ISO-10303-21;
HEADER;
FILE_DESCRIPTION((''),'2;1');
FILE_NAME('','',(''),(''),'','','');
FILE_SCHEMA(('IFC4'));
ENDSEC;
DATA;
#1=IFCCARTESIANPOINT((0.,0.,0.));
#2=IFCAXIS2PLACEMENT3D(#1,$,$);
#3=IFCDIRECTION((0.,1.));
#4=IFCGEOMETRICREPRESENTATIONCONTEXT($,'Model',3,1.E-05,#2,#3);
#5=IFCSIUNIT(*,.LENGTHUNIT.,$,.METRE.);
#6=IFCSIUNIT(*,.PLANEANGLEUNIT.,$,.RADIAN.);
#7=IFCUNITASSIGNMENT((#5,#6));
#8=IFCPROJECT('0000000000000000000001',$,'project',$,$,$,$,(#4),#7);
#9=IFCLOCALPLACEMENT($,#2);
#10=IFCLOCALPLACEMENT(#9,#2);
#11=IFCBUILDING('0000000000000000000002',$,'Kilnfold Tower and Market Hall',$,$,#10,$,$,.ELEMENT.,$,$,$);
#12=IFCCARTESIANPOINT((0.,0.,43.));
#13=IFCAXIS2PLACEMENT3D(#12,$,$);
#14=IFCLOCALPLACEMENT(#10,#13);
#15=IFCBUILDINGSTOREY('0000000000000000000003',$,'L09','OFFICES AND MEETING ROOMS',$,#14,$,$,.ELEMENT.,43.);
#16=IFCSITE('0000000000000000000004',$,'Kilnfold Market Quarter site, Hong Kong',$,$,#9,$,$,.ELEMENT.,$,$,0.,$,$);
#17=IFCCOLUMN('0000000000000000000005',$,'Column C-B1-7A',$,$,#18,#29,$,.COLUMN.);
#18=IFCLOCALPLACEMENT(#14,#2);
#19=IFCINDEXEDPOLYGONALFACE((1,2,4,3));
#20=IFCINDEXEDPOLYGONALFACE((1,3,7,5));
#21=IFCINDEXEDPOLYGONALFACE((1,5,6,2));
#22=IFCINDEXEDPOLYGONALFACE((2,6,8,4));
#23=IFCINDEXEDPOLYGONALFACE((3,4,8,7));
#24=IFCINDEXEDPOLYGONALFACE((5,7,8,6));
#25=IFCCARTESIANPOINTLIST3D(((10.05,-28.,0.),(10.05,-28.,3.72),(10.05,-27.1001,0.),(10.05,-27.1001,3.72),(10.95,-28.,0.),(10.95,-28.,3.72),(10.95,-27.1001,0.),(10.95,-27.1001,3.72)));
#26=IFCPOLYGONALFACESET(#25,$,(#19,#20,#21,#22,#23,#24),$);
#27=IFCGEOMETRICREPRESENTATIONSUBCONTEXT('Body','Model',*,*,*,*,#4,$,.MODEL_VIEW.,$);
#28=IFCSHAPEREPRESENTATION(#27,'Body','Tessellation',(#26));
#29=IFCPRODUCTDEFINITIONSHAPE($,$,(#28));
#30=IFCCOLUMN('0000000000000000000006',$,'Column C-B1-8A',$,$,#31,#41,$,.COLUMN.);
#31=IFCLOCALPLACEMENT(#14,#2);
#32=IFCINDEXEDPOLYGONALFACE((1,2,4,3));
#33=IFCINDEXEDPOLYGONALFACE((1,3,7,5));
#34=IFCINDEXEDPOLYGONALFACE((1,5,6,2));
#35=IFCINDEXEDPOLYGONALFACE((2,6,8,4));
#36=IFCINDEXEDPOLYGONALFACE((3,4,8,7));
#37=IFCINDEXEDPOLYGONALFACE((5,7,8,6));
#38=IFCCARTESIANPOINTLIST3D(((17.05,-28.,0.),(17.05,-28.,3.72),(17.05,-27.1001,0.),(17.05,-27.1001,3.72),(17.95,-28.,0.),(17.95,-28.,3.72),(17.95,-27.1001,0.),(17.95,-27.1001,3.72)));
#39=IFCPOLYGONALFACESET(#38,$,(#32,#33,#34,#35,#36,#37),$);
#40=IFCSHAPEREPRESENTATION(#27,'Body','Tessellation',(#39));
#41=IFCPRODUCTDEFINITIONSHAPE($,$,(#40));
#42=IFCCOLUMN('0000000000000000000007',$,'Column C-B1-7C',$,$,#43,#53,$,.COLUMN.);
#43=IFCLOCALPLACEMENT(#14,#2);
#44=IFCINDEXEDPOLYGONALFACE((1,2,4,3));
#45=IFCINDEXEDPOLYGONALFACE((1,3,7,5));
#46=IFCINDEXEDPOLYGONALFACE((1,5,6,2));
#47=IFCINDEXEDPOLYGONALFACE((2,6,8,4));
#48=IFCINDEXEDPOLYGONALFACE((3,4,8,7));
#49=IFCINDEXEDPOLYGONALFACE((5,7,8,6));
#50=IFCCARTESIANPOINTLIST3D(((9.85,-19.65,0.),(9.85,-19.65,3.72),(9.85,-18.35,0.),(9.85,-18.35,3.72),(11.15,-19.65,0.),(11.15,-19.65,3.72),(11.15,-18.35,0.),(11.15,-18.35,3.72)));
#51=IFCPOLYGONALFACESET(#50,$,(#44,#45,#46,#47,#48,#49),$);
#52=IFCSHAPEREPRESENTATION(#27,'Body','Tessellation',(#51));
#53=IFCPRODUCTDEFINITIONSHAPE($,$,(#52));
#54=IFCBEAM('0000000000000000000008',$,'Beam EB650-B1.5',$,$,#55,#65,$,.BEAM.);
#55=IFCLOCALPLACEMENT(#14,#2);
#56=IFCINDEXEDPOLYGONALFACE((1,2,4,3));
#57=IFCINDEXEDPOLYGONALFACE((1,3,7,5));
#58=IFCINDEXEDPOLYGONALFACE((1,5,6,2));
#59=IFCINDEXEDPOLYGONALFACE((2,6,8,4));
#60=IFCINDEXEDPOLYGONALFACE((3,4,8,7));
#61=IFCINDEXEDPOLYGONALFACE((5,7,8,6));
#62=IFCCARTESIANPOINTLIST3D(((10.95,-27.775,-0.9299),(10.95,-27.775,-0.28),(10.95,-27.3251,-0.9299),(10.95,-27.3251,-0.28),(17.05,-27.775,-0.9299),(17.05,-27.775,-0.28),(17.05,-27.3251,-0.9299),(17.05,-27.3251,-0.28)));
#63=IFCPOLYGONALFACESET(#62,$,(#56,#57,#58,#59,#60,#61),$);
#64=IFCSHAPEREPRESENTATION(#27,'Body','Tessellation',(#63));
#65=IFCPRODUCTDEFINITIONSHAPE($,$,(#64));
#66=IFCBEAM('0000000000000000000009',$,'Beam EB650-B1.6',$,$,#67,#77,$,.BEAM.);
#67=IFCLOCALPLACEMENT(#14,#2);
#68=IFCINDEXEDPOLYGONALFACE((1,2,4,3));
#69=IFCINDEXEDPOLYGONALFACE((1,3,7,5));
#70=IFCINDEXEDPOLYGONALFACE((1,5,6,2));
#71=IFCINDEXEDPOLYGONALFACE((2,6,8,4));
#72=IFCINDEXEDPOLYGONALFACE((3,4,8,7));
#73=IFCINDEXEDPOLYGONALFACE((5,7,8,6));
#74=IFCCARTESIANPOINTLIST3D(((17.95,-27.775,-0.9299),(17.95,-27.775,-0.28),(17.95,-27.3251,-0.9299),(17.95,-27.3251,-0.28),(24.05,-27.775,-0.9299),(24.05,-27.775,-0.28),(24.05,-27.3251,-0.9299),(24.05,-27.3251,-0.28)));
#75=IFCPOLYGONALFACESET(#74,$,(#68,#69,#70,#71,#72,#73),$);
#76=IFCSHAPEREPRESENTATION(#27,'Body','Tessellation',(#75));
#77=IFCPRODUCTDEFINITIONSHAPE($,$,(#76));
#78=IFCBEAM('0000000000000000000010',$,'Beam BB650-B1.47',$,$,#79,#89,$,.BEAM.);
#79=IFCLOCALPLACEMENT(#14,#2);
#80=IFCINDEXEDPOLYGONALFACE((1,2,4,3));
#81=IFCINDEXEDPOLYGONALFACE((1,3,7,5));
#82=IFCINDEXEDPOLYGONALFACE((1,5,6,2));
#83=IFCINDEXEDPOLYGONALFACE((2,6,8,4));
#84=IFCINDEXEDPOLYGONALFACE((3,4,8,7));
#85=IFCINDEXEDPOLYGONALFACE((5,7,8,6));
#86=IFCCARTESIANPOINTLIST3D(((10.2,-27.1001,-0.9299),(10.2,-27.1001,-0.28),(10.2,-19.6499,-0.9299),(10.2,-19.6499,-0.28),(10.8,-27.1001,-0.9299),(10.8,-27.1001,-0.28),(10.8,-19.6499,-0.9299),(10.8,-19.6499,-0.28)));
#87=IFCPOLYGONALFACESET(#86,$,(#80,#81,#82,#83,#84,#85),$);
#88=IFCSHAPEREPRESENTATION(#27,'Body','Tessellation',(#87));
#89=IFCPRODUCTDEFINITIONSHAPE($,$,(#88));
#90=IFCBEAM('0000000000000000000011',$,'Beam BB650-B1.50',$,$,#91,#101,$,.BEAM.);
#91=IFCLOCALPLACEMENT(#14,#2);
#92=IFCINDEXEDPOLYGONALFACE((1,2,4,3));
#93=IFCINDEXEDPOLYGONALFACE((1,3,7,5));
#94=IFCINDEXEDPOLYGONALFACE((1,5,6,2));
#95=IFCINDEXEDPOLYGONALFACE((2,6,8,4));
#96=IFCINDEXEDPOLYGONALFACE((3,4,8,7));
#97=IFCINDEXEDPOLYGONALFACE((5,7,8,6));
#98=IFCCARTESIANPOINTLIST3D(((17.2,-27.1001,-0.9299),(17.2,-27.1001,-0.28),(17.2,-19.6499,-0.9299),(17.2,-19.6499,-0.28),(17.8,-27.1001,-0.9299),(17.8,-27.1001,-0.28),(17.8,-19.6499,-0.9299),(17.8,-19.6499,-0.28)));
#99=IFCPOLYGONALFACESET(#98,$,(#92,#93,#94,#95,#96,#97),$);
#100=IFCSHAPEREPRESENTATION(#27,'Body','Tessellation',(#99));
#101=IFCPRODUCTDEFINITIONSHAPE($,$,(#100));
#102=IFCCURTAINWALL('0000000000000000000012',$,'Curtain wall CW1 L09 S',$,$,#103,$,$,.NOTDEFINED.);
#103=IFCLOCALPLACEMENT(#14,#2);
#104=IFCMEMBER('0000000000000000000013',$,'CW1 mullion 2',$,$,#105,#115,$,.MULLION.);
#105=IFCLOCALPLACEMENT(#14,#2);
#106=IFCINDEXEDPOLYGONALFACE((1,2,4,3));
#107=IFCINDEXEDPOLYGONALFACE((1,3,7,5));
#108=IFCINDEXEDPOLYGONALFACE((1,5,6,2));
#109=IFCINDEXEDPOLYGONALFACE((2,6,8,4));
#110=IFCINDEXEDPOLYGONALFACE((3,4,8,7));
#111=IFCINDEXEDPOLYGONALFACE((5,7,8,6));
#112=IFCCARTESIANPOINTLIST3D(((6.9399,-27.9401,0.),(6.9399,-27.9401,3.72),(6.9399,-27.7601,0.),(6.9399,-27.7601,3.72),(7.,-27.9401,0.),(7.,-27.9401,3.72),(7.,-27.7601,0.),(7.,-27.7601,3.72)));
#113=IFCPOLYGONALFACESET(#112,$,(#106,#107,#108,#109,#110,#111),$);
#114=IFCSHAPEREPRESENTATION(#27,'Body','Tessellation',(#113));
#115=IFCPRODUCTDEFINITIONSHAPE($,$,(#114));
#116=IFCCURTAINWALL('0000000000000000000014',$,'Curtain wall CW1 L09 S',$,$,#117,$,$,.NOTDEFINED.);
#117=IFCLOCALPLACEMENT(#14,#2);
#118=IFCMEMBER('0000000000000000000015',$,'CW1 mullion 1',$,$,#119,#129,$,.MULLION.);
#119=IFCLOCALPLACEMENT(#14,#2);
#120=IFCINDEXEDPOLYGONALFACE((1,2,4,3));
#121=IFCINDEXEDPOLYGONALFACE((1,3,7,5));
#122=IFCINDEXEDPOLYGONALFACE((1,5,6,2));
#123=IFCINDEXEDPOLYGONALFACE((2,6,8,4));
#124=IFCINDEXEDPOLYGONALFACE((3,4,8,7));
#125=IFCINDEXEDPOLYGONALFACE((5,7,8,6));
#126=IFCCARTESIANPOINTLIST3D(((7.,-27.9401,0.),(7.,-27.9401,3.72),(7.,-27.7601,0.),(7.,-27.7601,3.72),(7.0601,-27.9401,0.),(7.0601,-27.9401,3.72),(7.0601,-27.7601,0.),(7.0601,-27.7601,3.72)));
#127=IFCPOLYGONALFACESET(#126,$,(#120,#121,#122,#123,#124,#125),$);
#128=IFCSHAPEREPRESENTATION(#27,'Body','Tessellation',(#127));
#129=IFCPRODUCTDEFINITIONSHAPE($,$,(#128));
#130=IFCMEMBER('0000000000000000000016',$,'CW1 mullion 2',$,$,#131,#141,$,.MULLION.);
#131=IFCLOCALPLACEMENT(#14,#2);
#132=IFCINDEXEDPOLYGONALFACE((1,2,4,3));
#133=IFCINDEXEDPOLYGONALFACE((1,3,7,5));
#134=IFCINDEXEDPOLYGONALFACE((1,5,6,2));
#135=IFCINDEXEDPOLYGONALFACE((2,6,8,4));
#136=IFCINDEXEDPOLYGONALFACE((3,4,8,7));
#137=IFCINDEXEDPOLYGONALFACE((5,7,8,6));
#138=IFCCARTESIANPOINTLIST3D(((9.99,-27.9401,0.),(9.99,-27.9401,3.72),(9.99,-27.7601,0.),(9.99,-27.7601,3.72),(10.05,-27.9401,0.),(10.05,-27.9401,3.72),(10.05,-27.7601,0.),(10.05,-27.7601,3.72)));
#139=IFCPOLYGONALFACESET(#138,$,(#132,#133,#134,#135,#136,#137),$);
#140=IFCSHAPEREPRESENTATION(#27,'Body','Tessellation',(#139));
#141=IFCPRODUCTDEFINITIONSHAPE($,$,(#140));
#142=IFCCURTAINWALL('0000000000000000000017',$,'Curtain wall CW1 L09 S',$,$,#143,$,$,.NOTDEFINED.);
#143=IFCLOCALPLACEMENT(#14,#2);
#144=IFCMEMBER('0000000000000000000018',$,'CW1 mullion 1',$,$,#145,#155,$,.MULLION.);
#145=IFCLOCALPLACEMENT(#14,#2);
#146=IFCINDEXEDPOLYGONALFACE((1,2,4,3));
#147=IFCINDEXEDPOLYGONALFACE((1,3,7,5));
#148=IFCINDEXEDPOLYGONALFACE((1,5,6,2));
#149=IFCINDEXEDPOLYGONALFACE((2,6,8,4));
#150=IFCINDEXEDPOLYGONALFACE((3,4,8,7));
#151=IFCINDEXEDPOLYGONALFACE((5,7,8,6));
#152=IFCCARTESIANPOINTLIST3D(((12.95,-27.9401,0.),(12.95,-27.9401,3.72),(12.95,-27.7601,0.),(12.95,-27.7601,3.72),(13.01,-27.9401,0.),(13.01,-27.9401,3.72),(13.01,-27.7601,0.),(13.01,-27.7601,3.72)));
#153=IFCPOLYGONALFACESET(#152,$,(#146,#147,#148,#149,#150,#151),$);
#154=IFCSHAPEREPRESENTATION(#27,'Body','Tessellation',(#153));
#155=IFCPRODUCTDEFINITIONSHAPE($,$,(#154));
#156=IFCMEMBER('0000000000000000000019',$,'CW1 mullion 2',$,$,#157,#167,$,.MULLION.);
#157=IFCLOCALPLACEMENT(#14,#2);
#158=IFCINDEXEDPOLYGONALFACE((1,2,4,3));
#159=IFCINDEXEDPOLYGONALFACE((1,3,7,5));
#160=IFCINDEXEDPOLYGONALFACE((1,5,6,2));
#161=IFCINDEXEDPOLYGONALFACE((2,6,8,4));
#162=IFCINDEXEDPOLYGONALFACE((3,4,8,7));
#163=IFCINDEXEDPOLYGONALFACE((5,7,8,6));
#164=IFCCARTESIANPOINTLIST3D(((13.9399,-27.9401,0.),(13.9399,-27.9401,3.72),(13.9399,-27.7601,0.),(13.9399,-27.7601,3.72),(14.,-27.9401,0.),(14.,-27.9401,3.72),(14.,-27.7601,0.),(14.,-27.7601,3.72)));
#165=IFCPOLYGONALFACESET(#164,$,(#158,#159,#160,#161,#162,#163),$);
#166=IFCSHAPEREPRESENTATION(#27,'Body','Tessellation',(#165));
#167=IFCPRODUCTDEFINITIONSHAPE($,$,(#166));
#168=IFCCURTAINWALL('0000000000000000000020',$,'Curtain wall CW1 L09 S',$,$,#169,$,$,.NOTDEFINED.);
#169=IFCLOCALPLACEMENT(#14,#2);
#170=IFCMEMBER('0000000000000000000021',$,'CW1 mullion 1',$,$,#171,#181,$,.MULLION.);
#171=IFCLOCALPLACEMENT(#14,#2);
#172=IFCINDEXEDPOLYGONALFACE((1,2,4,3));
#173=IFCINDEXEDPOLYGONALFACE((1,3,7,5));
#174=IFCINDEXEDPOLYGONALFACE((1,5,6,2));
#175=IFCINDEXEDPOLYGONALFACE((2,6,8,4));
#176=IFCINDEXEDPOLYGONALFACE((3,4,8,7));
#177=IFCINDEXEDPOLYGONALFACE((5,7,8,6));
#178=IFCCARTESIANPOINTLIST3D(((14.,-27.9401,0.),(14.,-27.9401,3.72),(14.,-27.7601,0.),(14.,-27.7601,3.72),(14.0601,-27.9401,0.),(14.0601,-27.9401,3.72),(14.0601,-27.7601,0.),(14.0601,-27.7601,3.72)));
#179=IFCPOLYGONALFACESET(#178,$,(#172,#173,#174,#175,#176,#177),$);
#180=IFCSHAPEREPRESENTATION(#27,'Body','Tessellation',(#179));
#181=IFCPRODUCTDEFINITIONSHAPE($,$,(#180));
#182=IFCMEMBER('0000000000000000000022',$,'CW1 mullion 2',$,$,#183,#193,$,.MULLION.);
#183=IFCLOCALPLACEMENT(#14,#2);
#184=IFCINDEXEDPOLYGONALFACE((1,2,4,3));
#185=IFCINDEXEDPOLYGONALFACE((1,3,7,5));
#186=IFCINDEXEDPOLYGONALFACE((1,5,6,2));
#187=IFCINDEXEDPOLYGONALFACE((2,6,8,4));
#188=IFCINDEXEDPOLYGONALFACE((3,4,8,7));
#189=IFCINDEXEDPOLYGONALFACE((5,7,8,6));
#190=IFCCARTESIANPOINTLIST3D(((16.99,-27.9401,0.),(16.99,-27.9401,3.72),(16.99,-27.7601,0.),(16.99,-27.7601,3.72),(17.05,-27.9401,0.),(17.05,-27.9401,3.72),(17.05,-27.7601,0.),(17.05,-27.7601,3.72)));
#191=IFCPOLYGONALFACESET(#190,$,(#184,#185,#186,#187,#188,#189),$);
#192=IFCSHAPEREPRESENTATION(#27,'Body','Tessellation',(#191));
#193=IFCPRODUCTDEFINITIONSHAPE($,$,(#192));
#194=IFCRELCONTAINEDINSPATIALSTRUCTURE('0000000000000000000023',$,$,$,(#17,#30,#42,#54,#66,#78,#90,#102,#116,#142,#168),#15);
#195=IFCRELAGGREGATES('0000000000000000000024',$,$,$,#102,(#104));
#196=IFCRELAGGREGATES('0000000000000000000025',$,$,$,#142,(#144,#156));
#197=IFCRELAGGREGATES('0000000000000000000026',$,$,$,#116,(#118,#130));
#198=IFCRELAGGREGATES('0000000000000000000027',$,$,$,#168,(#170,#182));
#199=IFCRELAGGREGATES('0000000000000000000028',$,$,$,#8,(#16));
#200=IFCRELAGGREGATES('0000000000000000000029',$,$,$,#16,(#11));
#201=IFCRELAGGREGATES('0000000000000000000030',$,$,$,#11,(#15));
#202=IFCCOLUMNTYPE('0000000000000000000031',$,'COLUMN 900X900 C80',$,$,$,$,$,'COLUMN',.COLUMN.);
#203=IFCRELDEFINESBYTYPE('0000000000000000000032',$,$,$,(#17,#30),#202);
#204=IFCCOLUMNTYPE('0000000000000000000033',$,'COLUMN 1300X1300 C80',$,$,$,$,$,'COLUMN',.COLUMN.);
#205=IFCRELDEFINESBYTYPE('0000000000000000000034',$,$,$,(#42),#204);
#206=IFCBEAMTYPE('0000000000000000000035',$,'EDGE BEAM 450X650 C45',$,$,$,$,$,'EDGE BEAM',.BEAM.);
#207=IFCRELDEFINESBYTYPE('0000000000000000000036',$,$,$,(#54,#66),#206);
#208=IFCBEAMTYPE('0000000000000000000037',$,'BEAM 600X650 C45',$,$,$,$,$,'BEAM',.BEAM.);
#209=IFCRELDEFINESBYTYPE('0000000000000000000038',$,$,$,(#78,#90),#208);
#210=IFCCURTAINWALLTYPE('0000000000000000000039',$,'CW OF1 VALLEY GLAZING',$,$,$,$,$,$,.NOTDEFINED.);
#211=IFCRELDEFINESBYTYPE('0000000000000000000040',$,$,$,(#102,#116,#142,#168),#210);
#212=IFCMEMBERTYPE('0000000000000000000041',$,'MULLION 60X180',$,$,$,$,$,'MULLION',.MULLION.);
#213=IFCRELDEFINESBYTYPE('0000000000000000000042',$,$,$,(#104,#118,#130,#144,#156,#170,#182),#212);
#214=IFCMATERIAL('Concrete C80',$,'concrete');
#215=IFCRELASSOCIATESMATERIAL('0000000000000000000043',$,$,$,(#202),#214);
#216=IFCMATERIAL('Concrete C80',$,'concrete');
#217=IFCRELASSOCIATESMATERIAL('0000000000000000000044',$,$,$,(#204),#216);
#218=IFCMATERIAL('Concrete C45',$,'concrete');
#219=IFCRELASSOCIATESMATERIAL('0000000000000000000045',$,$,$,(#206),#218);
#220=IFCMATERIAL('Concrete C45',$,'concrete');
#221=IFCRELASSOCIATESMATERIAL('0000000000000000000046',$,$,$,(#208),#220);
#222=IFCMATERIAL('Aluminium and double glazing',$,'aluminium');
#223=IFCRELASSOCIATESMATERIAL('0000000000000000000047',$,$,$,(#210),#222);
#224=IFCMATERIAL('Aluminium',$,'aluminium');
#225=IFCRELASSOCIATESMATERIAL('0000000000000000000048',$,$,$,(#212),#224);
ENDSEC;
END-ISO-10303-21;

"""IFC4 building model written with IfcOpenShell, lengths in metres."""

from ifc_helpers import new_model, si_unit, direction, frame, origin, origin_2d, place, context, subcontext, project, spatial, rectangle, extrude, source, transform, mapped, material, material_profile, profile_set, type_object, element, aggregate, save


model = new_model("IFC4")

# Units and contexts
model_context = context("Model", 3, precision=1e-05, world=origin(), true_north=direction((0.0, 1.0)))
body_context = subcontext(model_context, "Body", "Model", "MODEL_VIEW")
ifc_project = project(units=[si_unit("LENGTHUNIT", "METRE"), si_unit("PLANEANGLEUNIT", "RADIAN")], contexts=[model_context])

# Site, building, storey
site_placement = place(None, origin())
site = spatial("IfcSite", under=ifc_project, at=site_placement, Name="Kilnfold Market Quarter site, Hong Kong", CompositionType="ELEMENT", RefElevation=0.0)
building_placement = place(site_placement, origin())
building = spatial("IfcBuilding", under=site, at=building_placement, Name="Kilnfold Tower and Market Hall", CompositionType="ELEMENT")
storey_placement = place(building_placement, frame((0.0, 0.0, 43.0)))
storey = spatial("IfcBuildingStorey", under=building, at=storey_placement, Name="L09", Description="OFFICES AND MEETING ROOMS", CompositionType="ELEMENT", Elevation=43.0)

# Columns
ifc_material_1 = material(Name="Concrete C80", Category="concrete")
ifc_material_profile_1 = material_profile(ifc_material_1, rectangle(XDim=0.8999, YDim=0.8999, at=origin_2d()), Name="RC 900x900")
ifc_profile_set_1 = profile_set([ifc_material_profile_1], Name="Concrete C80")
column_type_1 = type_object("IfcColumnType", Name="COLUMN 900X900 C80", ElementType="COLUMN", PredefinedType="COLUMN", material=ifc_profile_set_1)
shared_shape_1 = source(origin(), body_context, "Body", "SweptSolid", [
    extrude(rectangle(XDim=0.8999, YDim=0.8999, at=origin_2d()), origin(), (0.0, 0.0, 1.0), 3.72),
])
for number, where, z_axis, x_axis, name in (
    (1, (10.5, -27.55, 0.0), (0.0, 0.0, 1.0), (1.0, 0.0, 0.0), "Column C-B1-7A"),
    (2, (17.5, -27.55, 0.0), (0.0, 0.0, 1.0), (1.0, 0.0, 0.0), "Column C-B1-8A"),
):
    element("IfcColumn", number, at=place(storey_placement, frame(where, z_axis=z_axis, x_axis=x_axis)), inside=storey, type_object=column_type_1, Name=name, PredefinedType="COLUMN", context=body_context, shape_type="MappedRepresentation", body=[
        mapped(shared_shape_1, transform((0.0, 0.0, 0.0))),
    ])
ifc_material_2 = material(Name="Concrete C80", Category="concrete")
ifc_material_profile_2 = material_profile(ifc_material_2, rectangle(XDim=1.3, YDim=1.3, at=origin_2d()), Name="RC 1300x1300")
ifc_profile_set_2 = profile_set([ifc_material_profile_2], Name="Concrete C80")
column_type_2 = type_object("IfcColumnType", Name="COLUMN 1300X1300 C80", ElementType="COLUMN", PredefinedType="COLUMN", material=ifc_profile_set_2)
shared_shape_2 = source(origin(), body_context, "Body", "SweptSolid", [
    extrude(rectangle(XDim=1.3, YDim=1.3, at=origin_2d()), origin(), (0.0, 0.0, 1.0), 3.72),
])
column_placement = place(storey_placement, frame((10.5, -19.0, 0.0), z_axis=(0.0, 0.0, 1.0), x_axis=(1.0, 0.0, 0.0)))
element("IfcColumn", 3, at=column_placement, inside=storey, type_object=column_type_2, Name="Column C-B1-7C", PredefinedType="COLUMN", context=body_context, shape_type="MappedRepresentation", body=[
    mapped(shared_shape_2, transform((0.0, 0.0, 0.0))),
])

# Beams
ifc_material_3 = material(Name="Concrete C45", Category="concrete")
ifc_material_profile_3 = material_profile(ifc_material_3, rectangle(XDim=0.45, YDim=0.6499, at=origin_2d()), Name="RC 450x650")
ifc_profile_set_3 = profile_set([ifc_material_profile_3], Name="Concrete C45")
beam_type_1 = type_object("IfcBeamType", Name="EDGE BEAM 450X650 C45", ElementType="EDGE BEAM", PredefinedType="BEAM", material=ifc_profile_set_3)
shared_shape_3 = source(origin(), body_context, "Body", "SweptSolid", [
    extrude(rectangle(XDim=0.45, YDim=0.6499, at=origin_2d()), origin(), (0.0, 0.0, 1.0), 6.1001),
])
for number, where, z_axis, x_axis, name in (
    (4, (10.95, -27.55, -0.605), (1.0, 0.0, 0.0), (0.0, 1.0, 0.0), "Beam EB650-B1.5"),
    (5, (17.95, -27.55, -0.605), (1.0, 0.0, 0.0), (0.0, 1.0, 0.0), "Beam EB650-B1.6"),
):
    element("IfcBeam", number, at=place(storey_placement, frame(where, z_axis=z_axis, x_axis=x_axis)), inside=storey, type_object=beam_type_1, Name=name, PredefinedType="BEAM", context=body_context, shape_type="MappedRepresentation", body=[
        mapped(shared_shape_3, transform((0.0, 0.0, 0.0))),
    ])
ifc_material_4 = material(Name="Concrete C45", Category="concrete")
ifc_material_profile_4 = material_profile(ifc_material_4, rectangle(XDim=0.6001, YDim=0.6499, at=origin_2d()), Name="RC 600x650")
ifc_profile_set_4 = profile_set([ifc_material_profile_4], Name="Concrete C45")
beam_type_2 = type_object("IfcBeamType", Name="BEAM 600X650 C45", ElementType="BEAM", PredefinedType="BEAM", material=ifc_profile_set_4)
shared_shape_4 = source(origin(), body_context, "Body", "SweptSolid", [
    extrude(rectangle(XDim=0.6001, YDim=0.6499, at=origin_2d()), origin(), (0.0, 0.0, 1.0), 7.4502),
])
for number, where, z_axis, x_axis, name in (
    (6, (10.5, -27.1001, -0.605), (0.0, 1.0, 0.0), (-1.0, 0.0, 0.0), "Beam BB650-B1.47"),
    (7, (17.5, -27.1001, -0.605), (0.0, 1.0, 0.0), (-1.0, 0.0, 0.0), "Beam BB650-B1.50"),
):
    element("IfcBeam", number, at=place(storey_placement, frame(where, z_axis=z_axis, x_axis=x_axis)), inside=storey, type_object=beam_type_2, Name=name, PredefinedType="BEAM", context=body_context, shape_type="MappedRepresentation", body=[
        mapped(shared_shape_4, transform((0.0, 0.0, 0.0))),
    ])

# Curtain wall, member
ifc_material_5 = material(Name="Aluminium and double glazing", Category="aluminium")
curtain_wall_type = type_object("IfcCurtainWallType", Name="CW OF1 VALLEY GLAZING", PredefinedType="NOTDEFINED", material=ifc_material_5)
curtain_wall_1_placement = place(storey_placement, origin())
curtain_wall_1 = element("IfcCurtainWall", 8, at=curtain_wall_1_placement, inside=storey, type_object=curtain_wall_type, Name="Curtain wall CW1 L09 S", PredefinedType="NOTDEFINED")
ifc_material_6 = material(Name="Aluminium", Category="aluminium")
ifc_material_profile_5 = material_profile(ifc_material_6, rectangle(XDim=0.0601, YDim=0.1799, at=origin_2d()), Name="MULLION 60x180")
ifc_profile_set_5 = profile_set([ifc_material_profile_5], Name="Aluminium")
member_type_1 = type_object("IfcMemberType", Name="MULLION 60X180", ElementType="MULLION", PredefinedType="MULLION", material=ifc_profile_set_5)
shared_shape_5 = source(origin(), body_context, "Body", "SweptSolid", [
    extrude(rectangle(XDim=0.0601, YDim=0.1799, at=origin_2d()), origin(), (0.0, 0.0, 1.0), 3.72),
])
member_1_placement = place(storey_placement, frame((6.97, -27.8501, 0.0), z_axis=(0.0, 0.0, 1.0), x_axis=(1.0, 0.0, 0.0)))
member_1 = element("IfcMember", 9, at=member_1_placement, type_object=member_type_1, Name="CW1 mullion 2", PredefinedType="MULLION", context=body_context, shape_type="MappedRepresentation", body=[
    mapped(shared_shape_5, transform((0.0, 0.0, 0.0))),
])
aggregate(curtain_wall_1, [member_1])

# Curtain walls, members
curtain_wall_2_placement = place(storey_placement, origin())
curtain_wall_2 = element("IfcCurtainWall", 10, at=curtain_wall_2_placement, inside=storey, type_object=curtain_wall_type, Name="Curtain wall CW1 L09 S", PredefinedType="NOTDEFINED")
member_2_placement = place(storey_placement, frame((7.03, -27.8501, 0.0), z_axis=(0.0, 0.0, 1.0), x_axis=(1.0, 0.0, 0.0)))
member_2 = element("IfcMember", 11, at=member_2_placement, type_object=member_type_1, Name="CW1 mullion 1", PredefinedType="MULLION", context=body_context, shape_type="MappedRepresentation", body=[
    mapped(shared_shape_5, transform((0.0, 0.0, 0.0))),
])
member_3_placement = place(storey_placement, frame((10.02, -27.8501, 0.0), z_axis=(0.0, 0.0, 1.0), x_axis=(1.0, 0.0, 0.0)))
member_3 = element("IfcMember", 12, at=member_3_placement, type_object=member_type_1, Name="CW1 mullion 2", PredefinedType="MULLION", context=body_context, shape_type="MappedRepresentation", body=[
    mapped(shared_shape_5, transform((0.0, 0.0, 0.0))),
])
curtain_wall_3_placement = place(storey_placement, origin())
curtain_wall_3 = element("IfcCurtainWall", 13, at=curtain_wall_3_placement, inside=storey, type_object=curtain_wall_type, Name="Curtain wall CW1 L09 S", PredefinedType="NOTDEFINED")
member_4_placement = place(storey_placement, frame((12.98, -27.8501, 0.0), z_axis=(0.0, 0.0, 1.0), x_axis=(1.0, 0.0, 0.0)))
member_4 = element("IfcMember", 14, at=member_4_placement, type_object=member_type_1, Name="CW1 mullion 1", PredefinedType="MULLION", context=body_context, shape_type="MappedRepresentation", body=[
    mapped(shared_shape_5, transform((0.0, 0.0, 0.0))),
])
member_5_placement = place(storey_placement, frame((13.97, -27.8501, 0.0), z_axis=(0.0, 0.0, 1.0), x_axis=(1.0, 0.0, 0.0)))
member_5 = element("IfcMember", 15, at=member_5_placement, type_object=member_type_1, Name="CW1 mullion 2", PredefinedType="MULLION", context=body_context, shape_type="MappedRepresentation", body=[
    mapped(shared_shape_5, transform((0.0, 0.0, 0.0))),
])
curtain_wall_4_placement = place(storey_placement, origin())
curtain_wall_4 = element("IfcCurtainWall", 16, at=curtain_wall_4_placement, inside=storey, type_object=curtain_wall_type, Name="Curtain wall CW1 L09 S", PredefinedType="NOTDEFINED")
member_6_placement = place(storey_placement, frame((14.03, -27.8501, 0.0), z_axis=(0.0, 0.0, 1.0), x_axis=(1.0, 0.0, 0.0)))
member_6 = element("IfcMember", 17, at=member_6_placement, type_object=member_type_1, Name="CW1 mullion 1", PredefinedType="MULLION", context=body_context, shape_type="MappedRepresentation", body=[
    mapped(shared_shape_5, transform((0.0, 0.0, 0.0))),
])
member_7_placement = place(storey_placement, frame((17.02, -27.8501, 0.0), z_axis=(0.0, 0.0, 1.0), x_axis=(1.0, 0.0, 0.0)))
member_7 = element("IfcMember", 18, at=member_7_placement, type_object=member_type_1, Name="CW1 mullion 2", PredefinedType="MULLION", context=body_context, shape_type="MappedRepresentation", body=[
    mapped(shared_shape_5, transform((0.0, 0.0, 0.0))),
])

aggregate(curtain_wall_3, [member_4, member_5])
aggregate(curtain_wall_2, [member_2, member_3])
aggregate(curtain_wall_4, [member_6, member_7])

save(model, "model.ifc")
